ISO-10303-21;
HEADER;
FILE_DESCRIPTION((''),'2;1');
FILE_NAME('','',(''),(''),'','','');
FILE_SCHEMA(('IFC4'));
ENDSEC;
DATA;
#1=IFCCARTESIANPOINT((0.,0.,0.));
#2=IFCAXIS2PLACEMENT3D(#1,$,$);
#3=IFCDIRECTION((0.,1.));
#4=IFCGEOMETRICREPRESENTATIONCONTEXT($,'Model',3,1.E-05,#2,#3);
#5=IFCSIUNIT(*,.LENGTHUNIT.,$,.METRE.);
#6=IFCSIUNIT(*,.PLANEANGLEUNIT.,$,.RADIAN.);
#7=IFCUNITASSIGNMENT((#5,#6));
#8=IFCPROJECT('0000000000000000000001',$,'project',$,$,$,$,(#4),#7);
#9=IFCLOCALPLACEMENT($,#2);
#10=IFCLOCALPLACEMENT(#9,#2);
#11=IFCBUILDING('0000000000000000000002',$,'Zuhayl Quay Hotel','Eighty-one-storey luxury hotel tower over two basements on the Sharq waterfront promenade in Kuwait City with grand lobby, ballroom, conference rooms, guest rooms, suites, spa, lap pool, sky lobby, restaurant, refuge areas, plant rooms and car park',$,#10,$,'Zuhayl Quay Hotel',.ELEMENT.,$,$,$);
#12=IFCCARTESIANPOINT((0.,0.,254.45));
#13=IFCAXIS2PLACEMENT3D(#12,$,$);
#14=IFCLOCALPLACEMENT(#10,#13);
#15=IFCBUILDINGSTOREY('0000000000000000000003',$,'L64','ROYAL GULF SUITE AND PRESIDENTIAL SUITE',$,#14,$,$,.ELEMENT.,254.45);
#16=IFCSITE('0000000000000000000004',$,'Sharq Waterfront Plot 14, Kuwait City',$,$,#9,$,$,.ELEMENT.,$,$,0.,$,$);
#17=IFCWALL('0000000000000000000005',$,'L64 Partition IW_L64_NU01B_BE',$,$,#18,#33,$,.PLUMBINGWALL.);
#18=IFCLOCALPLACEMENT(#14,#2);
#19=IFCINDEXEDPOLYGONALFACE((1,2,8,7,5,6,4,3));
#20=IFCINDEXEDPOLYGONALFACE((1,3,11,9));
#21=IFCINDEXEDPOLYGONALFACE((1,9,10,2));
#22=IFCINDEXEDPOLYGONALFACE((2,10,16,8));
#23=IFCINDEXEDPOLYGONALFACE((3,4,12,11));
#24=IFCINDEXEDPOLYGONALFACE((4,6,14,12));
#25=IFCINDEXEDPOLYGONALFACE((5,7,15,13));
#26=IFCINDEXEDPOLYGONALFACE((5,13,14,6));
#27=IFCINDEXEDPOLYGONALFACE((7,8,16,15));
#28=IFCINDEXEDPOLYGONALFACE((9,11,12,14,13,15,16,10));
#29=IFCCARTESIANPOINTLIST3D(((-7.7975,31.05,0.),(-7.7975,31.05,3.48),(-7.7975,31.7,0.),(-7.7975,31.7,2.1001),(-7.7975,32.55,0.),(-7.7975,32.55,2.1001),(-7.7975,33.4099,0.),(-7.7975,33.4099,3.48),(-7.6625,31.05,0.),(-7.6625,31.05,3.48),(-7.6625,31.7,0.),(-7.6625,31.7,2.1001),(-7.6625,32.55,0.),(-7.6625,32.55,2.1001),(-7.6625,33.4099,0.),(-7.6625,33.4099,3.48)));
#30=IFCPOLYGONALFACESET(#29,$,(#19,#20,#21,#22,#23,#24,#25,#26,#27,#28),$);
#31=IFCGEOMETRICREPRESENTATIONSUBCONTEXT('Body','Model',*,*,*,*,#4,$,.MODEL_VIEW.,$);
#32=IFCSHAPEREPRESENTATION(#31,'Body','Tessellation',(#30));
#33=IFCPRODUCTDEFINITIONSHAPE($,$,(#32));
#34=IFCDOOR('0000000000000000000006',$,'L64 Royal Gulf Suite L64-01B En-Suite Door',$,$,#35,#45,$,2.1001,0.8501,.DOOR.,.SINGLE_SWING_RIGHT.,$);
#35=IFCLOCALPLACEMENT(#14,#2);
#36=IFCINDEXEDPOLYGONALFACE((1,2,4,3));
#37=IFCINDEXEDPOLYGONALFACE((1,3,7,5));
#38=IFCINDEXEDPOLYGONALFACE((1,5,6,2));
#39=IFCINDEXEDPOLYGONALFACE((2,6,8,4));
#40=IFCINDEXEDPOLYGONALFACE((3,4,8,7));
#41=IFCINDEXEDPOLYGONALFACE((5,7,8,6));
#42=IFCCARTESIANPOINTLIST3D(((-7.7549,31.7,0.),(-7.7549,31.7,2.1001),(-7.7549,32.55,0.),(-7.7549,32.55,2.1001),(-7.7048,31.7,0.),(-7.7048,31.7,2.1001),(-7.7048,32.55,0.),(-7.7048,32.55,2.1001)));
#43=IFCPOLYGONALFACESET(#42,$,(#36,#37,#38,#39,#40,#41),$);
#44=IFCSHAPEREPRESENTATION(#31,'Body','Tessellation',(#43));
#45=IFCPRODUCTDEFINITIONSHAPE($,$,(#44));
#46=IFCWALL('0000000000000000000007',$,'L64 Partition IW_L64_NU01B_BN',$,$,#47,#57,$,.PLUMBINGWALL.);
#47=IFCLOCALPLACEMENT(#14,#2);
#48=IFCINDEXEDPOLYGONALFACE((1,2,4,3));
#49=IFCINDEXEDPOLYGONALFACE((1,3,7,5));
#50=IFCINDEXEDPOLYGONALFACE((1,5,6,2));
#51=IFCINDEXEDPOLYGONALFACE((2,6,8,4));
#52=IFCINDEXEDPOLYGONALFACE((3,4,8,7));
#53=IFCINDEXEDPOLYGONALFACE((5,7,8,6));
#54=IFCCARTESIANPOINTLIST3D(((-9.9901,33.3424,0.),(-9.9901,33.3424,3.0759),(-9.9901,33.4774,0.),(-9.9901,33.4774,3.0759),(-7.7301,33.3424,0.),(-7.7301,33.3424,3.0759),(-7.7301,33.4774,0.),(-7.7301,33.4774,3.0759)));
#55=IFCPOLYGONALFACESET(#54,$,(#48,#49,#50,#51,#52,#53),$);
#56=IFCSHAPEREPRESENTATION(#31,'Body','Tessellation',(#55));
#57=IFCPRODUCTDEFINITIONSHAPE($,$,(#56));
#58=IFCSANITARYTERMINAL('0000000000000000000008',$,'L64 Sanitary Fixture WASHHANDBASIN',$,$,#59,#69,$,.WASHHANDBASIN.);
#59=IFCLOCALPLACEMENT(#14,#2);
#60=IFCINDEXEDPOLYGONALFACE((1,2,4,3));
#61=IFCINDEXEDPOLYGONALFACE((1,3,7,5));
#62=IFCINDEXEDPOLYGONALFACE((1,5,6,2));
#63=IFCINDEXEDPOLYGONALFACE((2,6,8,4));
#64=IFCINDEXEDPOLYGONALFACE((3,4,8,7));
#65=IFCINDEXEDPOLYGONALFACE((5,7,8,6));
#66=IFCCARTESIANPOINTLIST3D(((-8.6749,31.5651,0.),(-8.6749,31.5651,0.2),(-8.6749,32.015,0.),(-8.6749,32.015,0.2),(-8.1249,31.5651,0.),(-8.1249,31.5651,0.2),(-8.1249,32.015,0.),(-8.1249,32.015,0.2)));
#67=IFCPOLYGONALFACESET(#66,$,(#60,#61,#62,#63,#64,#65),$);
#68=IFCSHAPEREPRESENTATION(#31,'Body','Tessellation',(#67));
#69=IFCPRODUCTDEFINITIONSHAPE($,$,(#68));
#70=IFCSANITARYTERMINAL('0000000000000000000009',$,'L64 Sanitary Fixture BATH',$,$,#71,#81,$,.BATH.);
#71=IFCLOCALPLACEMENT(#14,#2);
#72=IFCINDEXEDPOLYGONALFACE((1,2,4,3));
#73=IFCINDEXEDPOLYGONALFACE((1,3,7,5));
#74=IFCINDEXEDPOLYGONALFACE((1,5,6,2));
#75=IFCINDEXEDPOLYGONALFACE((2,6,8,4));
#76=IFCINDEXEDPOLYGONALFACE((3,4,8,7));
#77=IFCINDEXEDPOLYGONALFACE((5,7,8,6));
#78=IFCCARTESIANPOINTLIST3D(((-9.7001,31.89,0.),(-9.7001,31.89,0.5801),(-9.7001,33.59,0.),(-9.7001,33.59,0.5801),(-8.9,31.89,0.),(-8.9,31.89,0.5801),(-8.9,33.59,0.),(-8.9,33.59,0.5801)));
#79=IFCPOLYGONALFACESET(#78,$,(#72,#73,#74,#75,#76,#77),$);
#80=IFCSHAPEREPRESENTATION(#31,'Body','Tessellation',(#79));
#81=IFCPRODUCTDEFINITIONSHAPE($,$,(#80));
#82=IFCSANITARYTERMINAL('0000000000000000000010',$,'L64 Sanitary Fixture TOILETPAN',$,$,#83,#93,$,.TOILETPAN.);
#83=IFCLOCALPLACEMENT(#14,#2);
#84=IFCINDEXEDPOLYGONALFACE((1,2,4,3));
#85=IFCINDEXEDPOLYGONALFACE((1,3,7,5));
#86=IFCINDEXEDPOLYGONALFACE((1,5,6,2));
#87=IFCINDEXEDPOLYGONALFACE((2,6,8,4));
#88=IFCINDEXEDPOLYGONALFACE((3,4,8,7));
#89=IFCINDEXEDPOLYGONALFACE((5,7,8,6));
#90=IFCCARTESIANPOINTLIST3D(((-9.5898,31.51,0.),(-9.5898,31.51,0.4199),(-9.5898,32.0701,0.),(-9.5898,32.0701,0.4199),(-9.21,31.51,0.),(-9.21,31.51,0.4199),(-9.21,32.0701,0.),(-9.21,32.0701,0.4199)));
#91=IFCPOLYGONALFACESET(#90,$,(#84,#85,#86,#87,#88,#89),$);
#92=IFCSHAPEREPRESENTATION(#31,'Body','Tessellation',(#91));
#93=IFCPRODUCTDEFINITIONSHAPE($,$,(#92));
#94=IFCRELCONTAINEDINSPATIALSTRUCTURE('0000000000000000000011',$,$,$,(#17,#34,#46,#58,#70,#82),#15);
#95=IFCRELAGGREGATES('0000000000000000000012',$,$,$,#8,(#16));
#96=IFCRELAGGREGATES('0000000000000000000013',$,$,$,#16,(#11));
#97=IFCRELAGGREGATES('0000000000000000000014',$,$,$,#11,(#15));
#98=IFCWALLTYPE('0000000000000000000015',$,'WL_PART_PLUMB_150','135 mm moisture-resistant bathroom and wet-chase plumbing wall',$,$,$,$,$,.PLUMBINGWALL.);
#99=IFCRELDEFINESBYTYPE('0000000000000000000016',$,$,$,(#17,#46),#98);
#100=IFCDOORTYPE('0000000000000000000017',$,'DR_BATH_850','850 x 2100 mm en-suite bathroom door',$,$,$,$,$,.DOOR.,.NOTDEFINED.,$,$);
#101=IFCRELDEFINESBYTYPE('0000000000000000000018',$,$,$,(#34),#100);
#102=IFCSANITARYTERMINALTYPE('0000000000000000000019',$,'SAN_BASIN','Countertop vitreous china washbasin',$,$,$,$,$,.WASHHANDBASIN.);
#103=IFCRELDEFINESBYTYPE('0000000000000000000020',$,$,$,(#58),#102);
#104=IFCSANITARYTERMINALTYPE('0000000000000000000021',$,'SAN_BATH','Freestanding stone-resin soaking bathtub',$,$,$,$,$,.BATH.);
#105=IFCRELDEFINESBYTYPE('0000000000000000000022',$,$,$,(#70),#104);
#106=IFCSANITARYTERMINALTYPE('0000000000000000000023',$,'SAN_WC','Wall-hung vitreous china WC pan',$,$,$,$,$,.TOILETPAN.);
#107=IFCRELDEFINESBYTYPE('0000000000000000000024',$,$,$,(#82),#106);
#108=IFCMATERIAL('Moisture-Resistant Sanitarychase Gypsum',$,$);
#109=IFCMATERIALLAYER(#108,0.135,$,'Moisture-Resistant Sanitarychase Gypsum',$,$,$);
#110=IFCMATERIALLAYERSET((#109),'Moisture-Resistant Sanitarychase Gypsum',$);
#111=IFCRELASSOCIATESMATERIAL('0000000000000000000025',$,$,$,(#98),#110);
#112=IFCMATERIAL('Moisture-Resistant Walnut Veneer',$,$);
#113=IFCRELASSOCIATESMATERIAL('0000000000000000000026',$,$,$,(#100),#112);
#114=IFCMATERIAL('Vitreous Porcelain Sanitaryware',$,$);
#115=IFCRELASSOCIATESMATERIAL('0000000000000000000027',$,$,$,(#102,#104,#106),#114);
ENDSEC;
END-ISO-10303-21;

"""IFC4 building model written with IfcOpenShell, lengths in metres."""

from ifc_helpers import new_model, si_unit, direction, frame, frame_2d, origin, origin_2d, place, context, subcontext, project, spatial, rectangle, extrude, material, layer, layer_set, type_object, element, fill, save


model = new_model("IFC4")

# Units and contexts
model_context = context("Model", 3, precision=1e-05, world=origin(), true_north=direction((0.0, 1.0)))
body_context = subcontext(model_context, "Body", "Model", "MODEL_VIEW")
ifc_project = project(units=[si_unit("LENGTHUNIT", "METRE"), si_unit("PLANEANGLEUNIT", "RADIAN")], contexts=[model_context])

# Site, building, storey
site_placement = place(None, origin())
site = spatial("IfcSite", under=ifc_project, at=site_placement, Name="Sharq Waterfront Plot 14, Kuwait City", CompositionType="ELEMENT", RefElevation=0.0)
building_placement = place(site_placement, origin())
building = spatial("IfcBuilding", under=site, at=building_placement, Name="Zuhayl Quay Hotel", Description="Eighty-one-storey luxury hotel tower over two basements on the Sharq waterfront promenade in Kuwait City with grand lobby, ballroom, conference rooms, guest rooms, suites, spa, lap pool, sky lobby, restaurant, refuge areas, plant rooms and car park", LongName="Zuhayl Quay Hotel", CompositionType="ELEMENT")
storey_placement = place(building_placement, frame((0.0, 0.0, 254.45)))
storey = spatial("IfcBuildingStorey", under=building, at=storey_placement, Name="L64", Description="ROYAL GULF SUITE AND PRESIDENTIAL SUITE", CompositionType="ELEMENT", Elevation=254.45)

# Wall, opening, door
ifc_material_1 = material(Name="Moisture-Resistant Sanitarychase Gypsum")
ifc_layer_1 = layer(ifc_material_1, 0.135, Name="Moisture-Resistant Sanitarychase Gypsum")
ifc_layer_set_1 = layer_set([ifc_layer_1], Name="Moisture-Resistant Sanitarychase Gypsum")
wall_type_1 = type_object("IfcWallType", Name="WL_PART_PLUMB_150", Description="135 mm moisture-resistant bathroom and wet-chase plumbing wall", PredefinedType="PLUMBINGWALL", material=ifc_layer_set_1)
wall_1_placement = place(storey_placement, frame((-7.73, 31.05, 0.0), z_axis=(0.0, 0.0, 1.0), x_axis=(0.0, 1.0, 0.0)))
wall_1 = element("IfcWall", 1, at=wall_1_placement, inside=storey, type_object=wall_type_1, Name="L64 Partition IW_L64_NU01B_BE", PredefinedType="PLUMBINGWALL", context=body_context, shape_type="SweptSolid", body=[
    extrude(rectangle(XDim=2.3599, YDim=0.135, at=frame_2d((1.1799, 0.0))), origin(), (0.0, 0.0, 1.0), 3.48),
])
opening_1_placement = place(wall_1_placement, frame((0.6499, 0.0, 0.0)))
opening_1 = element("IfcOpeningElement", 2, at=opening_1_placement, cuts=wall_1, PredefinedType="OPENING", context=body_context, shape_type="SweptSolid", body=[
    extrude(rectangle(XDim=0.8501, YDim=2.1001, at=frame_2d((0.425, 1.05))), frame((0.0, 0.0774, 0.0), z_axis=(0.0, -1.0, 0.0), x_axis=(1.0, 0.0, 0.0)), (0.0, 0.0, 1.0), 0.155),
])
ifc_material_2 = material(Name="Moisture-Resistant Walnut Veneer")
door_type_1 = type_object("IfcDoorType", Name="DR_BATH_850", Description="850 x 2100 mm en-suite bathroom door", OperationType="NOTDEFINED", PredefinedType="DOOR", material=ifc_material_2)
door_1_placement = place(opening_1_placement, origin())
door_1 = element("IfcDoor", 3, at=door_1_placement, inside=storey, type_object=door_type_1, Name="L64 Royal Gulf Suite L64-01B En-Suite Door", OperationType="SINGLE_SWING_RIGHT", OverallHeight=2.1001, OverallWidth=0.8501, PredefinedType="DOOR", context=body_context, shape_type="SweptSolid", body=[
    extrude(rectangle(XDim=0.8501, YDim=2.1001, at=frame_2d((0.425, 1.05))), frame((0.0, 0.0249, 0.0), z_axis=(0.0, -1.0, 0.0), x_axis=(1.0, 0.0, 0.0)), (0.0, 0.0, 1.0), 0.05),
])
fill(opening_1, door_1)

# Wall
wall_2_placement = place(storey_placement, frame((-9.99, 33.4099, 0.0), z_axis=(0.0, 0.0, 1.0), x_axis=(1.0, 0.0, 0.0)))
element("IfcWall", 4, at=wall_2_placement, inside=storey, type_object=wall_type_1, Name="L64 Partition IW_L64_NU01B_BN", PredefinedType="PLUMBINGWALL", context=body_context, shape_type="SweptSolid", body=[
    extrude(rectangle(XDim=2.26, YDim=0.135, at=frame_2d((1.1299, 0.0))), origin(), (0.0, 0.0, 1.0), 3.0759),
])

# Sanitary terminals
ifc_material_3 = material(Name="Vitreous Porcelain Sanitaryware")
sanitary_terminal_type_1 = type_object("IfcSanitaryTerminalType", Name="SAN_BASIN", Description="Countertop vitreous china washbasin", PredefinedType="WASHHANDBASIN", material=ifc_material_3)
sanitary_terminal_1_placement = place(storey_placement, frame((-8.3999, 31.79, 0.0), z_axis=(0.0, 0.0, 1.0), x_axis=(1.0, 0.0, 0.0)))
element("IfcSanitaryTerminal", 5, at=sanitary_terminal_1_placement, inside=storey, type_object=sanitary_terminal_type_1, Name="L64 Sanitary Fixture WASHHANDBASIN", PredefinedType="WASHHANDBASIN", context=body_context, shape_type="SweptSolid", body=[
    extrude(rectangle(XDim=0.55, YDim=0.45, at=origin_2d()), origin(), (0.0, 0.0, 1.0), 0.2),
])
sanitary_terminal_type_2 = type_object("IfcSanitaryTerminalType", Name="SAN_BATH", Description="Freestanding stone-resin soaking bathtub", PredefinedType="BATH", material=ifc_material_3)
sanitary_terminal_2_placement = place(storey_placement, frame((-9.3, 32.74, 0.0), z_axis=(0.0, 0.0, 1.0), x_axis=(1.0, 0.0, 0.0)))
element("IfcSanitaryTerminal", 6, at=sanitary_terminal_2_placement, inside=storey, type_object=sanitary_terminal_type_2, Name="L64 Sanitary Fixture BATH", PredefinedType="BATH", context=body_context, shape_type="SweptSolid", body=[
    extrude(rectangle(XDim=0.8, YDim=1.7, at=origin_2d()), origin(), (0.0, 0.0, 1.0), 0.5801),
])
sanitary_terminal_type_3 = type_object("IfcSanitaryTerminalType", Name="SAN_WC", Description="Wall-hung vitreous china WC pan", PredefinedType="TOILETPAN", material=ifc_material_3)
sanitary_terminal_3_placement = place(storey_placement, frame((-9.3999, 31.79, 0.0), z_axis=(0.0, 0.0, 1.0), x_axis=(1.0, 0.0, 0.0)))
element("IfcSanitaryTerminal", 7, at=sanitary_terminal_3_placement, inside=storey, type_object=sanitary_terminal_type_3, Name="L64 Sanitary Fixture TOILETPAN", PredefinedType="TOILETPAN", context=body_context, shape_type="SweptSolid", body=[
    extrude(rectangle(XDim=0.3799, YDim=0.5601, at=origin_2d()), origin(), (0.0, 0.0, 1.0), 0.4199),
])

save(model, "model.ifc")
